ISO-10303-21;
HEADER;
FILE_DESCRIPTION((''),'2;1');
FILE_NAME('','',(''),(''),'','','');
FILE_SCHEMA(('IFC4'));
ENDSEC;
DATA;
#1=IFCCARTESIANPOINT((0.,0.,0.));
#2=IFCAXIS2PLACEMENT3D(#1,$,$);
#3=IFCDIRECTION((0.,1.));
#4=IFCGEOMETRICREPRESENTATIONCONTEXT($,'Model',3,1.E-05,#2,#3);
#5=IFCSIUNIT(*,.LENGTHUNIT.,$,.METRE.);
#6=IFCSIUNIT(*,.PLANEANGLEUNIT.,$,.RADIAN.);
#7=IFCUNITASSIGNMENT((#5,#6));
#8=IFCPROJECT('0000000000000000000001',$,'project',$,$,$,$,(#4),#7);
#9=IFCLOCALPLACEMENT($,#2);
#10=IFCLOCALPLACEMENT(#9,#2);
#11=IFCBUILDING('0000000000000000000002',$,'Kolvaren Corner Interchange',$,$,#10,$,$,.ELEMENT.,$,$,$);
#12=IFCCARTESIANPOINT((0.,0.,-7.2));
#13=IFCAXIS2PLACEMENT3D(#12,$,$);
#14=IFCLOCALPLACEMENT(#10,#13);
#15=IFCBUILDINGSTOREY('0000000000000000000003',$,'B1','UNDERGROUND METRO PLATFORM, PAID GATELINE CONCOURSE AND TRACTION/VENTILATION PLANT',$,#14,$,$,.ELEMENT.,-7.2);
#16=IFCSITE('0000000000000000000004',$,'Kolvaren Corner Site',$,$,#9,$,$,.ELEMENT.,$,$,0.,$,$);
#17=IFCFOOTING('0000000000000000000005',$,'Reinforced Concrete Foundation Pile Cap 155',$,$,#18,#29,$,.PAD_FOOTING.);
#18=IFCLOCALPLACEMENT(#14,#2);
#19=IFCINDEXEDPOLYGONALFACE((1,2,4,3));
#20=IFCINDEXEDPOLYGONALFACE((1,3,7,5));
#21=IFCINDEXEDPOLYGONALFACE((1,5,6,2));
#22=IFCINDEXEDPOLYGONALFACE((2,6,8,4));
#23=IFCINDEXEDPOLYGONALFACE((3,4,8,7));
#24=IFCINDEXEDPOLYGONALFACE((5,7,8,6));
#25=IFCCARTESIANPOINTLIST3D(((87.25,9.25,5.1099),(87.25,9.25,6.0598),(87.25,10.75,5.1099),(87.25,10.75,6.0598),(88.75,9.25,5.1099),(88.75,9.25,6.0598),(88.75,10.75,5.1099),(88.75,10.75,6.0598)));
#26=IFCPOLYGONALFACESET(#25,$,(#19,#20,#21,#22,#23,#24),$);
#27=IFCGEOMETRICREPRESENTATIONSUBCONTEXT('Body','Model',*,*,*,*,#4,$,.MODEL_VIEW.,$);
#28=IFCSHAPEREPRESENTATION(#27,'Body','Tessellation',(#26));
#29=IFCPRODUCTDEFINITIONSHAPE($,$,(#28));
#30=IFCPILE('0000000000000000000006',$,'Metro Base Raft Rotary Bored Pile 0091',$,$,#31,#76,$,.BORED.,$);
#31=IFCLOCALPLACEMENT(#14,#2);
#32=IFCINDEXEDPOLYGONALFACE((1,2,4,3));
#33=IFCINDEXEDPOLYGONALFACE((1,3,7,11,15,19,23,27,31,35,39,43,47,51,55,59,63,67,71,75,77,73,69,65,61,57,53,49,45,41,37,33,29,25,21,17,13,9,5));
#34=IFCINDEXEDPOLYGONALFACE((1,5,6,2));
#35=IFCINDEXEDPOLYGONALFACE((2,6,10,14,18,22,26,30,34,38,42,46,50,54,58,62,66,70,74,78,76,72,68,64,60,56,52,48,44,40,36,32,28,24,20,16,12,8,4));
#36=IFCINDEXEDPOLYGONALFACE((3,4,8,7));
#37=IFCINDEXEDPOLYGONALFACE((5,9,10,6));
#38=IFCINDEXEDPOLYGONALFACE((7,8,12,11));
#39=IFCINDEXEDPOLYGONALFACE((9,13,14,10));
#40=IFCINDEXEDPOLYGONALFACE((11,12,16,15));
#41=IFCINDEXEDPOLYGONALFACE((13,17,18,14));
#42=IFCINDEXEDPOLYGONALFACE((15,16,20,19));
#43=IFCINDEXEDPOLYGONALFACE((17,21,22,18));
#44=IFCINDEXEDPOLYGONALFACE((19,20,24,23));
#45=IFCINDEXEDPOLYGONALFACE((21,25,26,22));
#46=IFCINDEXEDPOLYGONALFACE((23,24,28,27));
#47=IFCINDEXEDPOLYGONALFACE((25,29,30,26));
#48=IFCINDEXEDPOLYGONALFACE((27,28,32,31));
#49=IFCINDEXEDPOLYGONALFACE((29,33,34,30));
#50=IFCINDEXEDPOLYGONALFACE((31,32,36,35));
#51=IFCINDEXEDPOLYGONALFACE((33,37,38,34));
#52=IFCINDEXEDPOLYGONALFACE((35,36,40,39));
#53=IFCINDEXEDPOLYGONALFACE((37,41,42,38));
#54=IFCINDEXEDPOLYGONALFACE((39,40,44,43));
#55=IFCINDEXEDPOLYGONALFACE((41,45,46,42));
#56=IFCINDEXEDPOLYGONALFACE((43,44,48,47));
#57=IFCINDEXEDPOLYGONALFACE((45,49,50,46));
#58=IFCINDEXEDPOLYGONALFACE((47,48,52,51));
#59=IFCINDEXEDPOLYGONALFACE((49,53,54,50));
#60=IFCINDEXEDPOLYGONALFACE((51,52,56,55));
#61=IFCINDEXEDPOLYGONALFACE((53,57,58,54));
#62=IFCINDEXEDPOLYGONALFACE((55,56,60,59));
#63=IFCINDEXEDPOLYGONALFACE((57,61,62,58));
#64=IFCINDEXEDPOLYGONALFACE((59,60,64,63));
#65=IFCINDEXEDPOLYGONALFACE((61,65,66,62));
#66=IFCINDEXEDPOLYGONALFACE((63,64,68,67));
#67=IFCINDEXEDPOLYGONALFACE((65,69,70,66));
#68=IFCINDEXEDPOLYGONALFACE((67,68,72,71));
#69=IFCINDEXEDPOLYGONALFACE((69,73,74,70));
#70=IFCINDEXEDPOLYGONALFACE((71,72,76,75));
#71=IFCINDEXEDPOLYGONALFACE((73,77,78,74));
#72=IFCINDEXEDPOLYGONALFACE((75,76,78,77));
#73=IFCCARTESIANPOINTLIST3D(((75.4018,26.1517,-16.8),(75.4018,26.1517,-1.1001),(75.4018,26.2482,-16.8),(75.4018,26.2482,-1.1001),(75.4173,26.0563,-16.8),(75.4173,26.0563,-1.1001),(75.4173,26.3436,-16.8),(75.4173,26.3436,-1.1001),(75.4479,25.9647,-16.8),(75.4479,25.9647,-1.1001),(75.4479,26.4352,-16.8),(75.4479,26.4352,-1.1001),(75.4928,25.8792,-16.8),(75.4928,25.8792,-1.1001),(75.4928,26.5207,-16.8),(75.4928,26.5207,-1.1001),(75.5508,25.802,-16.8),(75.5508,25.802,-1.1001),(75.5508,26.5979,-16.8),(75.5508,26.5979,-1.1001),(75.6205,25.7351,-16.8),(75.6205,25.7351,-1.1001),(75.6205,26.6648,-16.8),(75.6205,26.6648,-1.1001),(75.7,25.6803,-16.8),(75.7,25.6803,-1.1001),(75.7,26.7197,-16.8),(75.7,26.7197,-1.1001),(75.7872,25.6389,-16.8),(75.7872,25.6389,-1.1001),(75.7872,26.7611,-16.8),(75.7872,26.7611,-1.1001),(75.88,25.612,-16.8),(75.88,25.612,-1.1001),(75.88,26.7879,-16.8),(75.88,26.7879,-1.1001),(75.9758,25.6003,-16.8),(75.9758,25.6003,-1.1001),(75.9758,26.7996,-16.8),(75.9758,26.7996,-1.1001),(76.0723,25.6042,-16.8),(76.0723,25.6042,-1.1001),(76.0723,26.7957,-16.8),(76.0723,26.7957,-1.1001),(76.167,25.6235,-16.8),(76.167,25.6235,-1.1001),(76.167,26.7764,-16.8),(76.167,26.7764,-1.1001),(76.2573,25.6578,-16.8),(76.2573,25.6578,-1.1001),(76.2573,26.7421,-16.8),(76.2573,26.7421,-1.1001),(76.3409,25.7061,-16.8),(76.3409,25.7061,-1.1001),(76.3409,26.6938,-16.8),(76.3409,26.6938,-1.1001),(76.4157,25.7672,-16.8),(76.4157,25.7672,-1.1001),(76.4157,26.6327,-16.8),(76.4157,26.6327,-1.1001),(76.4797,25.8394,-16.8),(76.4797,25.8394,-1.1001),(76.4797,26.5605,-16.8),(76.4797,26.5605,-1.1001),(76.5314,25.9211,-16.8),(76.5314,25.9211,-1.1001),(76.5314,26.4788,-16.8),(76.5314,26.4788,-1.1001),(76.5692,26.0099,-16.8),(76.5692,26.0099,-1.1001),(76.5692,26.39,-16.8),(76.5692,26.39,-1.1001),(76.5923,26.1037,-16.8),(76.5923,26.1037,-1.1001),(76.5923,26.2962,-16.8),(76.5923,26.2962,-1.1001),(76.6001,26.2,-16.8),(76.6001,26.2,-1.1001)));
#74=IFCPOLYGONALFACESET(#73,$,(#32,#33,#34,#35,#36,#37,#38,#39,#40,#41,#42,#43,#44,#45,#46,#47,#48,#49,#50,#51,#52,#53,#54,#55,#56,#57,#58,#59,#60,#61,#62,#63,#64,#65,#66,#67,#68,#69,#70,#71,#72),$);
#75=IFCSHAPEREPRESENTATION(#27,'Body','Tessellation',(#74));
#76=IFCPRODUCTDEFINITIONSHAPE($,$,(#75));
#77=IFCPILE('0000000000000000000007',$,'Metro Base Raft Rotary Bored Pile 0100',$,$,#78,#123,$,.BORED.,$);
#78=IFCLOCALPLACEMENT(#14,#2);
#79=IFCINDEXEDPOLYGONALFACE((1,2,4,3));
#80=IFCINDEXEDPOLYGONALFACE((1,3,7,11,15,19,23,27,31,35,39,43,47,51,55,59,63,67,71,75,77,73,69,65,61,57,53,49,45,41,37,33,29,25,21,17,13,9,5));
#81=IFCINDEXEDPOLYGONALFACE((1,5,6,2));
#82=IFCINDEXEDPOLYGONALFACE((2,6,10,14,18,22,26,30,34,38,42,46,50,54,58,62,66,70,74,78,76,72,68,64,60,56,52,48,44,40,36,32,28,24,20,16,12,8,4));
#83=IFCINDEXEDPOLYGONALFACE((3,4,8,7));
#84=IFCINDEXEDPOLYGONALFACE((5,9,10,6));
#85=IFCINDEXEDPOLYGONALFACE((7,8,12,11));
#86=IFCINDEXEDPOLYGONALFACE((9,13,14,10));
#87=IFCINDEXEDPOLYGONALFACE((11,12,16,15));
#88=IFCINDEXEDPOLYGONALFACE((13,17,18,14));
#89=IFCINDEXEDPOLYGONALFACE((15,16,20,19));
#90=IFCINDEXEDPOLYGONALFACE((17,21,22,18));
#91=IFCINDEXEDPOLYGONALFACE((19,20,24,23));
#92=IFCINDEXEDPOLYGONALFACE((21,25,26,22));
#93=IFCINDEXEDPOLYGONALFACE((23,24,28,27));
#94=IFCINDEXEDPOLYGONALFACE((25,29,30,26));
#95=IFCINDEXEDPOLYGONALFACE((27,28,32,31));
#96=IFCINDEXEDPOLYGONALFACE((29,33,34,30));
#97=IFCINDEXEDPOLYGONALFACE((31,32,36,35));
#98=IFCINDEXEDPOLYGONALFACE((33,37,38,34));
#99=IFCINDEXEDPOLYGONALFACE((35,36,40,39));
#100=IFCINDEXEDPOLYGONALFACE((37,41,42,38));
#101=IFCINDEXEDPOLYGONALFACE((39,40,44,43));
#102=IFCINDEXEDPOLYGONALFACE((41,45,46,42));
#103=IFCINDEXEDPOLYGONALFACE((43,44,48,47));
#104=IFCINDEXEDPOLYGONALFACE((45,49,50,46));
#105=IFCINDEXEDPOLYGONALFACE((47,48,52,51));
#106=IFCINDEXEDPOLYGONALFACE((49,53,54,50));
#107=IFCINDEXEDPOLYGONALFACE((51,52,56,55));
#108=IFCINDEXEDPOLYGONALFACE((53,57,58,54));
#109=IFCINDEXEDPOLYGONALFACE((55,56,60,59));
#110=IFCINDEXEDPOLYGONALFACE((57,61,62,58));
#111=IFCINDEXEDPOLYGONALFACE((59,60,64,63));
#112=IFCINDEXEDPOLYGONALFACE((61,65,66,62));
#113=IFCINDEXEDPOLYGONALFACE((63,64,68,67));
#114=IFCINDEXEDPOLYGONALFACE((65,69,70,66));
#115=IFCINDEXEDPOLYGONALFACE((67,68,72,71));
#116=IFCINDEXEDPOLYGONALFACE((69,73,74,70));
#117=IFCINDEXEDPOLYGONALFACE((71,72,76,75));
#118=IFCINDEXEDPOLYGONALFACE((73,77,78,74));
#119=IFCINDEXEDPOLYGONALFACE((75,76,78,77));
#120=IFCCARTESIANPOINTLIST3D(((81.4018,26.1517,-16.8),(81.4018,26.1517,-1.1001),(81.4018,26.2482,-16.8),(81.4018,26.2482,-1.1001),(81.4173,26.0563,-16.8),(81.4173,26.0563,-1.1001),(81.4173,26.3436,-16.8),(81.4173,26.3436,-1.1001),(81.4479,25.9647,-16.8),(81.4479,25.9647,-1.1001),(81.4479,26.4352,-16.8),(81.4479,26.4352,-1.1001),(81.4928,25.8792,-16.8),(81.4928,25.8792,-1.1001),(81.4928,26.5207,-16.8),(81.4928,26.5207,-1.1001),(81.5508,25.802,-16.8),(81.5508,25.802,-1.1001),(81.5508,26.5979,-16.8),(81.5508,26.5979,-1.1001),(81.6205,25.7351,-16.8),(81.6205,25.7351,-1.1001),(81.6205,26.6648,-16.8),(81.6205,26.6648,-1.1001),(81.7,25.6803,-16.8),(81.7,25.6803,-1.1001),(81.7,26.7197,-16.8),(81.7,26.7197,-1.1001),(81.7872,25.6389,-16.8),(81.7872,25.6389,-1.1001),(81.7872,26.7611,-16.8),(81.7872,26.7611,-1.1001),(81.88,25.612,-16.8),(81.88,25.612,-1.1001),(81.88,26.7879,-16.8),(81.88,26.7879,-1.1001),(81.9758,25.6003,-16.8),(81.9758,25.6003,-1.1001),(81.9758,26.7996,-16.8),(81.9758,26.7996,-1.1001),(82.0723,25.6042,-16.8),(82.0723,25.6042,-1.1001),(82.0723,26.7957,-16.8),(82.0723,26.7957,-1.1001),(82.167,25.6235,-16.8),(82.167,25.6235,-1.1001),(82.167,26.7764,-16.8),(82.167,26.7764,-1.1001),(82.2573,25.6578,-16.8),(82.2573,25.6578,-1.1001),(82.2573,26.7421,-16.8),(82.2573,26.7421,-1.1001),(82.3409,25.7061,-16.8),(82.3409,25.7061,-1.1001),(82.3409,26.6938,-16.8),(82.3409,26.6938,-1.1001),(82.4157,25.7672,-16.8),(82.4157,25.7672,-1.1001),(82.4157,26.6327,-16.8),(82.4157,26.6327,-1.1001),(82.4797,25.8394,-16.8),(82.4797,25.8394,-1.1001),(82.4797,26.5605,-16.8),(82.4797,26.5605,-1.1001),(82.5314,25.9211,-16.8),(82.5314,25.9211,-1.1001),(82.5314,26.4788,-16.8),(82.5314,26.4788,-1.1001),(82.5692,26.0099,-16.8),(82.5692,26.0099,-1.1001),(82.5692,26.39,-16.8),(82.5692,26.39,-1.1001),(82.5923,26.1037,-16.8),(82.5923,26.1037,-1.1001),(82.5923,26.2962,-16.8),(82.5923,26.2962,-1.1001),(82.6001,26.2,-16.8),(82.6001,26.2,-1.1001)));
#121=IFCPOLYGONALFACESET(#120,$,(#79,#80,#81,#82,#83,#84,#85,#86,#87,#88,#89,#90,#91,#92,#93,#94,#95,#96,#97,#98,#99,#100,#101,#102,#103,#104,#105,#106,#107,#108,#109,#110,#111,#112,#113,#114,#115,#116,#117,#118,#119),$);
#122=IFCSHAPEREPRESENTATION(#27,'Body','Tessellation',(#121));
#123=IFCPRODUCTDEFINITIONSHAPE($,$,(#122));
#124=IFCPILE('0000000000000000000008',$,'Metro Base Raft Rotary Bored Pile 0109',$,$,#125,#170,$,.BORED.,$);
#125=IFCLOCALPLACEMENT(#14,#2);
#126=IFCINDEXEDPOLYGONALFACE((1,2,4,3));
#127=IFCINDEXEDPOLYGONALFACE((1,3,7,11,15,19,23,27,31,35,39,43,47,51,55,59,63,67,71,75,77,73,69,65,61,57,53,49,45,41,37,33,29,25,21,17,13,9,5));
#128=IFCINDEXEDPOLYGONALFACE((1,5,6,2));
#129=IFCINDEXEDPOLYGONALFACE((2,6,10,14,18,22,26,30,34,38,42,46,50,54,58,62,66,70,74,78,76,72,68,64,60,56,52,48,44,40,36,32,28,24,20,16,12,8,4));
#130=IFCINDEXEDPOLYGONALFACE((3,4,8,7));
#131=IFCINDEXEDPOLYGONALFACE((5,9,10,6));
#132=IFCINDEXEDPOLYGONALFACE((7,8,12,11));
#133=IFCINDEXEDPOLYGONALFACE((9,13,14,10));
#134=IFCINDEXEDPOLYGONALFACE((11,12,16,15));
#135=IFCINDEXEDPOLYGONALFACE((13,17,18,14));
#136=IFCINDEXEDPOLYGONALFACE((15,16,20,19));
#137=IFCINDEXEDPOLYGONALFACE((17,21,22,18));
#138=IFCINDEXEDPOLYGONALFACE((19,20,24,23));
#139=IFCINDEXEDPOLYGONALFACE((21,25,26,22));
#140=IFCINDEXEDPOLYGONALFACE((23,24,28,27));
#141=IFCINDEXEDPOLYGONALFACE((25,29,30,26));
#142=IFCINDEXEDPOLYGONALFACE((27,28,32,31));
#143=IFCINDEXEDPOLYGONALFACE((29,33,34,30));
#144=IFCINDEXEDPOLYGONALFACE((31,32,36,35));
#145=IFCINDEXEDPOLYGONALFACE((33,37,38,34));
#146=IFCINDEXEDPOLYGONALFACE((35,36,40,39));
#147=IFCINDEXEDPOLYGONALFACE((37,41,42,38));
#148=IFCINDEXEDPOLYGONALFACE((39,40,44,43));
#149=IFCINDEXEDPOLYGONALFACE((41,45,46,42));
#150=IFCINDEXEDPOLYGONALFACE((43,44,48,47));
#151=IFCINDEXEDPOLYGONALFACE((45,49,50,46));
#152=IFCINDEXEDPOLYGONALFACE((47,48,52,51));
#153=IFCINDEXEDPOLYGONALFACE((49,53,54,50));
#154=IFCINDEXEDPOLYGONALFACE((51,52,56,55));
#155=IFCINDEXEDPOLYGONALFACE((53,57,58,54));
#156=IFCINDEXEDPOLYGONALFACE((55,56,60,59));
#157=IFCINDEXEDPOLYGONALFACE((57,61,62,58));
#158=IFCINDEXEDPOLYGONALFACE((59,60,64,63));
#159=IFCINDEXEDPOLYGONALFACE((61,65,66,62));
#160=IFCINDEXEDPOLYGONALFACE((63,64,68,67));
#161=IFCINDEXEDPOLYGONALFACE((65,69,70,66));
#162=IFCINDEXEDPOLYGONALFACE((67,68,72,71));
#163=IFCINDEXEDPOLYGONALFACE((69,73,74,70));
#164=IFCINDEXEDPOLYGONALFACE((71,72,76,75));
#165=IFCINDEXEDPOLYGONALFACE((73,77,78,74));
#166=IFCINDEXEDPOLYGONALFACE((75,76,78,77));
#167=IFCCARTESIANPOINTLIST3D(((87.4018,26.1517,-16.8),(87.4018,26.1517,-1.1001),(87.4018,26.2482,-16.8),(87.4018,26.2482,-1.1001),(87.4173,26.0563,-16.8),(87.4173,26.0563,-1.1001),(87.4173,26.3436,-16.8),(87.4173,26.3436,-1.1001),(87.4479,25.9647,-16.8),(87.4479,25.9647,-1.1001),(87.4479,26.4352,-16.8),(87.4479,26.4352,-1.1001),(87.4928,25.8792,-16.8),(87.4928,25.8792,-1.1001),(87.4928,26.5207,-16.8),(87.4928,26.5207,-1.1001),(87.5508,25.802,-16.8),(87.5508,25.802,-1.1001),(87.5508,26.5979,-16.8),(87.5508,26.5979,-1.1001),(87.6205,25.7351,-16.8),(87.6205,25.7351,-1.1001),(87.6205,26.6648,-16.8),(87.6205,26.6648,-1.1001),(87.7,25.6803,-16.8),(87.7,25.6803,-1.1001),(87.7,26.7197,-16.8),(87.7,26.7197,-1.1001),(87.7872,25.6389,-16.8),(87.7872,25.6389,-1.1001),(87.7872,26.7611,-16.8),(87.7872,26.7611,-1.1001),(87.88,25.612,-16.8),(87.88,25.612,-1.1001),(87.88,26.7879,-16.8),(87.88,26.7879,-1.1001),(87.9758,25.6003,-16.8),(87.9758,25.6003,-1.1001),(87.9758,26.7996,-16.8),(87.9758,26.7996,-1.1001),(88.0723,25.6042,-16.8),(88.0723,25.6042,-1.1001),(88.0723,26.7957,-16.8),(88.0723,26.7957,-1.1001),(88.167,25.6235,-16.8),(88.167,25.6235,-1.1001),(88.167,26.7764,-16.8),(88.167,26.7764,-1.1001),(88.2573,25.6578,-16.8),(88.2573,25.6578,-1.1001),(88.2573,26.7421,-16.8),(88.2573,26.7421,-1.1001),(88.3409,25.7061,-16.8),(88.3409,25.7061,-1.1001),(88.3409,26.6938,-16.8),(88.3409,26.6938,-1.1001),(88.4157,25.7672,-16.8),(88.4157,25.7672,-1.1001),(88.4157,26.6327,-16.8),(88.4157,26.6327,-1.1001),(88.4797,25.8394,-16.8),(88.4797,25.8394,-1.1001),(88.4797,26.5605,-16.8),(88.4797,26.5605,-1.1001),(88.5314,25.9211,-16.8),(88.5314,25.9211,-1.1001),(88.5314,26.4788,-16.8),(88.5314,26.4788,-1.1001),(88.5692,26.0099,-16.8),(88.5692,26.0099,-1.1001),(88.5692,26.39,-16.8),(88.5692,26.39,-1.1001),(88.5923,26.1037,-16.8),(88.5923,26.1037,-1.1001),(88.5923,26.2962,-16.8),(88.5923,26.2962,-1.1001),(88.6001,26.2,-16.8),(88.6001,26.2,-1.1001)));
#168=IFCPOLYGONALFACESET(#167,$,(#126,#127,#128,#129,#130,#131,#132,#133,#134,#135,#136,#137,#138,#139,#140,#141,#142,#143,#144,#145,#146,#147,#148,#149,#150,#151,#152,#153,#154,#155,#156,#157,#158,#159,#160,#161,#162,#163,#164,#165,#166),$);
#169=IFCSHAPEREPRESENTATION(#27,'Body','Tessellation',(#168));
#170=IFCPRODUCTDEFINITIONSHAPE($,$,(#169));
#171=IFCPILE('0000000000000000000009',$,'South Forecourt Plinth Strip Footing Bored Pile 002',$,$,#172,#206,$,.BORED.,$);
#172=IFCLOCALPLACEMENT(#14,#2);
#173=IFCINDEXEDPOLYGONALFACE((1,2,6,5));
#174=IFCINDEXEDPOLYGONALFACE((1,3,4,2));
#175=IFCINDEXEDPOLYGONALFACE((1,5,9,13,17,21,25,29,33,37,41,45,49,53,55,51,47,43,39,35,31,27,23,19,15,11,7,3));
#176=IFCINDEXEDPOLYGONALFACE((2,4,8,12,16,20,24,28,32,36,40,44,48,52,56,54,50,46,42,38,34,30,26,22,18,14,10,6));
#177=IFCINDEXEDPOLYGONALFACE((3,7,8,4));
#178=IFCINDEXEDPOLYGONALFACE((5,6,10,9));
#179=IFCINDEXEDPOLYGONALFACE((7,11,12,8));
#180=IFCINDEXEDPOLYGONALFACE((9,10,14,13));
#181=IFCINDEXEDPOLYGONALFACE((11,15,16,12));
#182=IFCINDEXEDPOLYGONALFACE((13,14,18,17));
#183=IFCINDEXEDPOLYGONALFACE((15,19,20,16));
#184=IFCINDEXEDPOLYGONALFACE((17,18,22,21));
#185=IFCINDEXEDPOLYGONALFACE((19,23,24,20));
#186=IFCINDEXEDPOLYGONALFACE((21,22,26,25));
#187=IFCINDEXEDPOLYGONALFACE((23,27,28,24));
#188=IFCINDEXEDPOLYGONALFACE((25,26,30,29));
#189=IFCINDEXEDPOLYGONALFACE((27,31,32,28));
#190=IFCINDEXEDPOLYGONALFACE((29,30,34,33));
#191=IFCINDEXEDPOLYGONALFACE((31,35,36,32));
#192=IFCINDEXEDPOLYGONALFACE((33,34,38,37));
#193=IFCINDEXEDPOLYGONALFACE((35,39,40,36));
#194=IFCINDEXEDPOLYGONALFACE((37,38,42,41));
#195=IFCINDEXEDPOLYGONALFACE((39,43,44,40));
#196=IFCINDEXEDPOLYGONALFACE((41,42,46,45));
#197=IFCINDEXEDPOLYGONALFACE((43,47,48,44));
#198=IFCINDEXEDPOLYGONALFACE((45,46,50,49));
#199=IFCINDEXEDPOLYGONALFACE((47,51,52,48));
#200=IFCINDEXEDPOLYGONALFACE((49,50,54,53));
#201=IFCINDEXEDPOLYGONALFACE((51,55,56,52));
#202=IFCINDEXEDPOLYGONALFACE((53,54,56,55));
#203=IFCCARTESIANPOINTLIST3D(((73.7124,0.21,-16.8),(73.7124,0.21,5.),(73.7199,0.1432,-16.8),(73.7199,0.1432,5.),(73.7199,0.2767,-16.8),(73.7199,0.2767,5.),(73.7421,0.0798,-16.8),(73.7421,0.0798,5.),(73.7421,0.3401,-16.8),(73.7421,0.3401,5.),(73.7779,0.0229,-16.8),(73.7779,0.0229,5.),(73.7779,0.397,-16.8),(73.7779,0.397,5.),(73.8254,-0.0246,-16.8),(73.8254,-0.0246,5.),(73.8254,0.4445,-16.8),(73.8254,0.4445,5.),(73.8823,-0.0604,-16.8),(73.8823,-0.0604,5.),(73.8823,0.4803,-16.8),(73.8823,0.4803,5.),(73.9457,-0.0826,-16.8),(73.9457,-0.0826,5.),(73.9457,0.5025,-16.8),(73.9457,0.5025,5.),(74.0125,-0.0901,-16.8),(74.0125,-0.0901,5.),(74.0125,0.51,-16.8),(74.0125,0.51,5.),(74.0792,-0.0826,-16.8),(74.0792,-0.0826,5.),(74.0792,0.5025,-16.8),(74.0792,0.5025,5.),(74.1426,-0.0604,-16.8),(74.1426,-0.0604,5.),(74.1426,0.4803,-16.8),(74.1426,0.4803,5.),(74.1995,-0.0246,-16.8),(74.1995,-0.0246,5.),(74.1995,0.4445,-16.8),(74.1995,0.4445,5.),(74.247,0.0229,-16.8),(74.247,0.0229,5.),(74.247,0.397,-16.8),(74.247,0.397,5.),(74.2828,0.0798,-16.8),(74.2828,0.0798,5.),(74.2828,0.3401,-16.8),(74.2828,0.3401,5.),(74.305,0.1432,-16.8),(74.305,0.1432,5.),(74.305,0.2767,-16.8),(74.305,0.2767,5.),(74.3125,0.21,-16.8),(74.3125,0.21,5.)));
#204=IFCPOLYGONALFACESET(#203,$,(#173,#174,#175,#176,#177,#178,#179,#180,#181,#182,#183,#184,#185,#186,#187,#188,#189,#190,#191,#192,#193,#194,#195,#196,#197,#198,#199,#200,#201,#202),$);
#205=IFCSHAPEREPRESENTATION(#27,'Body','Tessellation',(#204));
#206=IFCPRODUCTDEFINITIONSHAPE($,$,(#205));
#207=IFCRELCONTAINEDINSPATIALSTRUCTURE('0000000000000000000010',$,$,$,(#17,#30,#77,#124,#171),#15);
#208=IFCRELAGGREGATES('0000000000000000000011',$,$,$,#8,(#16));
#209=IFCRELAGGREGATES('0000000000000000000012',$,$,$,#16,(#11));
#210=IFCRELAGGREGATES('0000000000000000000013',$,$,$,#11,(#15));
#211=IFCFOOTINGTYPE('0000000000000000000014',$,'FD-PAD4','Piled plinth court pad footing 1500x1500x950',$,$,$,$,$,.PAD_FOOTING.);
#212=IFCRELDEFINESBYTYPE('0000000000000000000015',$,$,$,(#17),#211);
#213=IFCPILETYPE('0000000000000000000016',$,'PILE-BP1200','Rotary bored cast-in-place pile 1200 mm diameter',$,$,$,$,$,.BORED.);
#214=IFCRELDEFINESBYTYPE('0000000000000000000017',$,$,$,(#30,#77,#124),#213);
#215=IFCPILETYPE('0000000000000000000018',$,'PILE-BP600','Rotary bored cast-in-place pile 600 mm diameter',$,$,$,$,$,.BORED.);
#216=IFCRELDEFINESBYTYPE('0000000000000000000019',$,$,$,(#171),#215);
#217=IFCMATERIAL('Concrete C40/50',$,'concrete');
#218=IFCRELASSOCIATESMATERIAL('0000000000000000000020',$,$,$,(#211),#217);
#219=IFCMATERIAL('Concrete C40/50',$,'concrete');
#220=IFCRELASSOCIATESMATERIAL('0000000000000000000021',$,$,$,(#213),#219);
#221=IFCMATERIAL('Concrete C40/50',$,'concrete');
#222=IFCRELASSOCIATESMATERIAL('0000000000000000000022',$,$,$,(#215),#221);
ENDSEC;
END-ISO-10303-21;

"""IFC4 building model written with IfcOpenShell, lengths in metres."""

from ifc_helpers import new_model, si_unit, direction, frame, origin, origin_2d, place, context, subcontext, project, spatial, rectangle, circle, extrude, material, material_profile, profile_set, type_object, element, save


model = new_model("IFC4")

# Units and contexts
model_context = context("Model", 3, precision=1e-05, world=origin(), true_north=direction((0.0, 1.0)))
body_context = subcontext(model_context, "Body", "Model", "MODEL_VIEW")
ifc_project = project(units=[si_unit("LENGTHUNIT", "METRE"), si_unit("PLANEANGLEUNIT", "RADIAN")], contexts=[model_context])

# Site, building, storey
site_placement = place(None, origin())
site = spatial("IfcSite", under=ifc_project, at=site_placement, Name="Kolvaren Corner Site", CompositionType="ELEMENT", RefElevation=0.0)
building_placement = place(site_placement, origin())
building = spatial("IfcBuilding", under=site, at=building_placement, Name="Kolvaren Corner Interchange", CompositionType="ELEMENT")
storey_placement = place(building_placement, frame((0.0, 0.0, -7.2)))
storey = spatial("IfcBuildingStorey", under=building, at=storey_placement, Name="B1", Description="UNDERGROUND METRO PLATFORM, PAID GATELINE CONCOURSE AND TRACTION/VENTILATION PLANT", CompositionType="ELEMENT", Elevation=-7.2)

# Footing
ifc_material_1 = material(Name="Concrete C40/50", Category="concrete")
footing_type = type_object("IfcFootingType", Name="FD-PAD4", Description="Piled plinth court pad footing 1500x1500x950", PredefinedType="PAD_FOOTING", material=ifc_material_1)
footing_placement = place(storey_placement, frame((88.0, 10.0, 5.1099), z_axis=(0.0, 0.0, 1.0), x_axis=(1.0, 0.0, 0.0)))
element("IfcFooting", 1, at=footing_placement, inside=storey, type_object=footing_type, Name="Reinforced Concrete Foundation Pile Cap 155", PredefinedType="PAD_FOOTING", context=body_context, shape_type="SweptSolid", body=[
    extrude(rectangle(XDim=1.5, YDim=1.5, at=origin_2d()), origin(), (0.0, 0.0, 1.0), 0.95),
])

# Piles
ifc_material_2 = material(Name="Concrete C40/50", Category="concrete")
ifc_material_profile_1 = material_profile(ifc_material_2, circle(Radius=0.6001, at=origin_2d()), Name="BORED PILE 1200")
ifc_profile_set_1 = profile_set([ifc_material_profile_1], Name="Concrete C40/50")
pile_type_1 = type_object("IfcPileType", Name="PILE-BP1200", Description="Rotary bored cast-in-place pile 1200 mm diameter", PredefinedType="BORED", material=ifc_profile_set_1)
for number, where, z_axis, x_axis, name in (
    (2, (76.0, 26.2, -1.1001), (0.0, 0.0, -1.0), (1.0, 0.0, 0.0), "Metro Base Raft Rotary Bored Pile 0091"),
    (3, (82.0, 26.2, -1.1001), (0.0, 0.0, -1.0), (1.0, 0.0, 0.0), "Metro Base Raft Rotary Bored Pile 0100"),
    (4, (88.0, 26.2, -1.1001), (0.0, 0.0, -1.0), (1.0, 0.0, 0.0), "Metro Base Raft Rotary Bored Pile 0109"),
):
    element("IfcPile", number, at=place(storey_placement, frame(where, z_axis=z_axis, x_axis=x_axis)), inside=storey, type_object=pile_type_1, Name=name, PredefinedType="BORED", context=body_context, shape_type="SweptSolid", body=[
        extrude(circle(Radius=0.6001, at=origin_2d()), origin(), (0.0, 0.0, 1.0), 15.7),
    ])
ifc_material_3 = material(Name="Concrete C40/50", Category="concrete")
ifc_material_profile_2 = material_profile(ifc_material_3, circle(Radius=0.3, at=origin_2d()), Name="BORED PILE 600")
ifc_profile_set_2 = profile_set([ifc_material_profile_2], Name="Concrete C40/50")
pile_type_2 = type_object("IfcPileType", Name="PILE-BP600", Description="Rotary bored cast-in-place pile 600 mm diameter", PredefinedType="BORED", material=ifc_profile_set_2)
for number, where, z_axis, x_axis, name in (
    (5, (74.0125, 0.21, 5.0), (0.0, 0.0, -1.0), (1.0, 0.0, 0.0), "South Forecourt Plinth Strip Footing Bored Pile 002"),
):
    element("IfcPile", number, at=place(storey_placement, frame(where, z_axis=z_axis, x_axis=x_axis)), inside=storey, type_object=pile_type_2, Name=name, PredefinedType="BORED", context=body_context, shape_type="SweptSolid", body=[
        extrude(circle(Radius=0.3, at=origin_2d()), origin(), (0.0, 0.0, 1.0), 21.8),
    ])

save(model, "model.ifc")
